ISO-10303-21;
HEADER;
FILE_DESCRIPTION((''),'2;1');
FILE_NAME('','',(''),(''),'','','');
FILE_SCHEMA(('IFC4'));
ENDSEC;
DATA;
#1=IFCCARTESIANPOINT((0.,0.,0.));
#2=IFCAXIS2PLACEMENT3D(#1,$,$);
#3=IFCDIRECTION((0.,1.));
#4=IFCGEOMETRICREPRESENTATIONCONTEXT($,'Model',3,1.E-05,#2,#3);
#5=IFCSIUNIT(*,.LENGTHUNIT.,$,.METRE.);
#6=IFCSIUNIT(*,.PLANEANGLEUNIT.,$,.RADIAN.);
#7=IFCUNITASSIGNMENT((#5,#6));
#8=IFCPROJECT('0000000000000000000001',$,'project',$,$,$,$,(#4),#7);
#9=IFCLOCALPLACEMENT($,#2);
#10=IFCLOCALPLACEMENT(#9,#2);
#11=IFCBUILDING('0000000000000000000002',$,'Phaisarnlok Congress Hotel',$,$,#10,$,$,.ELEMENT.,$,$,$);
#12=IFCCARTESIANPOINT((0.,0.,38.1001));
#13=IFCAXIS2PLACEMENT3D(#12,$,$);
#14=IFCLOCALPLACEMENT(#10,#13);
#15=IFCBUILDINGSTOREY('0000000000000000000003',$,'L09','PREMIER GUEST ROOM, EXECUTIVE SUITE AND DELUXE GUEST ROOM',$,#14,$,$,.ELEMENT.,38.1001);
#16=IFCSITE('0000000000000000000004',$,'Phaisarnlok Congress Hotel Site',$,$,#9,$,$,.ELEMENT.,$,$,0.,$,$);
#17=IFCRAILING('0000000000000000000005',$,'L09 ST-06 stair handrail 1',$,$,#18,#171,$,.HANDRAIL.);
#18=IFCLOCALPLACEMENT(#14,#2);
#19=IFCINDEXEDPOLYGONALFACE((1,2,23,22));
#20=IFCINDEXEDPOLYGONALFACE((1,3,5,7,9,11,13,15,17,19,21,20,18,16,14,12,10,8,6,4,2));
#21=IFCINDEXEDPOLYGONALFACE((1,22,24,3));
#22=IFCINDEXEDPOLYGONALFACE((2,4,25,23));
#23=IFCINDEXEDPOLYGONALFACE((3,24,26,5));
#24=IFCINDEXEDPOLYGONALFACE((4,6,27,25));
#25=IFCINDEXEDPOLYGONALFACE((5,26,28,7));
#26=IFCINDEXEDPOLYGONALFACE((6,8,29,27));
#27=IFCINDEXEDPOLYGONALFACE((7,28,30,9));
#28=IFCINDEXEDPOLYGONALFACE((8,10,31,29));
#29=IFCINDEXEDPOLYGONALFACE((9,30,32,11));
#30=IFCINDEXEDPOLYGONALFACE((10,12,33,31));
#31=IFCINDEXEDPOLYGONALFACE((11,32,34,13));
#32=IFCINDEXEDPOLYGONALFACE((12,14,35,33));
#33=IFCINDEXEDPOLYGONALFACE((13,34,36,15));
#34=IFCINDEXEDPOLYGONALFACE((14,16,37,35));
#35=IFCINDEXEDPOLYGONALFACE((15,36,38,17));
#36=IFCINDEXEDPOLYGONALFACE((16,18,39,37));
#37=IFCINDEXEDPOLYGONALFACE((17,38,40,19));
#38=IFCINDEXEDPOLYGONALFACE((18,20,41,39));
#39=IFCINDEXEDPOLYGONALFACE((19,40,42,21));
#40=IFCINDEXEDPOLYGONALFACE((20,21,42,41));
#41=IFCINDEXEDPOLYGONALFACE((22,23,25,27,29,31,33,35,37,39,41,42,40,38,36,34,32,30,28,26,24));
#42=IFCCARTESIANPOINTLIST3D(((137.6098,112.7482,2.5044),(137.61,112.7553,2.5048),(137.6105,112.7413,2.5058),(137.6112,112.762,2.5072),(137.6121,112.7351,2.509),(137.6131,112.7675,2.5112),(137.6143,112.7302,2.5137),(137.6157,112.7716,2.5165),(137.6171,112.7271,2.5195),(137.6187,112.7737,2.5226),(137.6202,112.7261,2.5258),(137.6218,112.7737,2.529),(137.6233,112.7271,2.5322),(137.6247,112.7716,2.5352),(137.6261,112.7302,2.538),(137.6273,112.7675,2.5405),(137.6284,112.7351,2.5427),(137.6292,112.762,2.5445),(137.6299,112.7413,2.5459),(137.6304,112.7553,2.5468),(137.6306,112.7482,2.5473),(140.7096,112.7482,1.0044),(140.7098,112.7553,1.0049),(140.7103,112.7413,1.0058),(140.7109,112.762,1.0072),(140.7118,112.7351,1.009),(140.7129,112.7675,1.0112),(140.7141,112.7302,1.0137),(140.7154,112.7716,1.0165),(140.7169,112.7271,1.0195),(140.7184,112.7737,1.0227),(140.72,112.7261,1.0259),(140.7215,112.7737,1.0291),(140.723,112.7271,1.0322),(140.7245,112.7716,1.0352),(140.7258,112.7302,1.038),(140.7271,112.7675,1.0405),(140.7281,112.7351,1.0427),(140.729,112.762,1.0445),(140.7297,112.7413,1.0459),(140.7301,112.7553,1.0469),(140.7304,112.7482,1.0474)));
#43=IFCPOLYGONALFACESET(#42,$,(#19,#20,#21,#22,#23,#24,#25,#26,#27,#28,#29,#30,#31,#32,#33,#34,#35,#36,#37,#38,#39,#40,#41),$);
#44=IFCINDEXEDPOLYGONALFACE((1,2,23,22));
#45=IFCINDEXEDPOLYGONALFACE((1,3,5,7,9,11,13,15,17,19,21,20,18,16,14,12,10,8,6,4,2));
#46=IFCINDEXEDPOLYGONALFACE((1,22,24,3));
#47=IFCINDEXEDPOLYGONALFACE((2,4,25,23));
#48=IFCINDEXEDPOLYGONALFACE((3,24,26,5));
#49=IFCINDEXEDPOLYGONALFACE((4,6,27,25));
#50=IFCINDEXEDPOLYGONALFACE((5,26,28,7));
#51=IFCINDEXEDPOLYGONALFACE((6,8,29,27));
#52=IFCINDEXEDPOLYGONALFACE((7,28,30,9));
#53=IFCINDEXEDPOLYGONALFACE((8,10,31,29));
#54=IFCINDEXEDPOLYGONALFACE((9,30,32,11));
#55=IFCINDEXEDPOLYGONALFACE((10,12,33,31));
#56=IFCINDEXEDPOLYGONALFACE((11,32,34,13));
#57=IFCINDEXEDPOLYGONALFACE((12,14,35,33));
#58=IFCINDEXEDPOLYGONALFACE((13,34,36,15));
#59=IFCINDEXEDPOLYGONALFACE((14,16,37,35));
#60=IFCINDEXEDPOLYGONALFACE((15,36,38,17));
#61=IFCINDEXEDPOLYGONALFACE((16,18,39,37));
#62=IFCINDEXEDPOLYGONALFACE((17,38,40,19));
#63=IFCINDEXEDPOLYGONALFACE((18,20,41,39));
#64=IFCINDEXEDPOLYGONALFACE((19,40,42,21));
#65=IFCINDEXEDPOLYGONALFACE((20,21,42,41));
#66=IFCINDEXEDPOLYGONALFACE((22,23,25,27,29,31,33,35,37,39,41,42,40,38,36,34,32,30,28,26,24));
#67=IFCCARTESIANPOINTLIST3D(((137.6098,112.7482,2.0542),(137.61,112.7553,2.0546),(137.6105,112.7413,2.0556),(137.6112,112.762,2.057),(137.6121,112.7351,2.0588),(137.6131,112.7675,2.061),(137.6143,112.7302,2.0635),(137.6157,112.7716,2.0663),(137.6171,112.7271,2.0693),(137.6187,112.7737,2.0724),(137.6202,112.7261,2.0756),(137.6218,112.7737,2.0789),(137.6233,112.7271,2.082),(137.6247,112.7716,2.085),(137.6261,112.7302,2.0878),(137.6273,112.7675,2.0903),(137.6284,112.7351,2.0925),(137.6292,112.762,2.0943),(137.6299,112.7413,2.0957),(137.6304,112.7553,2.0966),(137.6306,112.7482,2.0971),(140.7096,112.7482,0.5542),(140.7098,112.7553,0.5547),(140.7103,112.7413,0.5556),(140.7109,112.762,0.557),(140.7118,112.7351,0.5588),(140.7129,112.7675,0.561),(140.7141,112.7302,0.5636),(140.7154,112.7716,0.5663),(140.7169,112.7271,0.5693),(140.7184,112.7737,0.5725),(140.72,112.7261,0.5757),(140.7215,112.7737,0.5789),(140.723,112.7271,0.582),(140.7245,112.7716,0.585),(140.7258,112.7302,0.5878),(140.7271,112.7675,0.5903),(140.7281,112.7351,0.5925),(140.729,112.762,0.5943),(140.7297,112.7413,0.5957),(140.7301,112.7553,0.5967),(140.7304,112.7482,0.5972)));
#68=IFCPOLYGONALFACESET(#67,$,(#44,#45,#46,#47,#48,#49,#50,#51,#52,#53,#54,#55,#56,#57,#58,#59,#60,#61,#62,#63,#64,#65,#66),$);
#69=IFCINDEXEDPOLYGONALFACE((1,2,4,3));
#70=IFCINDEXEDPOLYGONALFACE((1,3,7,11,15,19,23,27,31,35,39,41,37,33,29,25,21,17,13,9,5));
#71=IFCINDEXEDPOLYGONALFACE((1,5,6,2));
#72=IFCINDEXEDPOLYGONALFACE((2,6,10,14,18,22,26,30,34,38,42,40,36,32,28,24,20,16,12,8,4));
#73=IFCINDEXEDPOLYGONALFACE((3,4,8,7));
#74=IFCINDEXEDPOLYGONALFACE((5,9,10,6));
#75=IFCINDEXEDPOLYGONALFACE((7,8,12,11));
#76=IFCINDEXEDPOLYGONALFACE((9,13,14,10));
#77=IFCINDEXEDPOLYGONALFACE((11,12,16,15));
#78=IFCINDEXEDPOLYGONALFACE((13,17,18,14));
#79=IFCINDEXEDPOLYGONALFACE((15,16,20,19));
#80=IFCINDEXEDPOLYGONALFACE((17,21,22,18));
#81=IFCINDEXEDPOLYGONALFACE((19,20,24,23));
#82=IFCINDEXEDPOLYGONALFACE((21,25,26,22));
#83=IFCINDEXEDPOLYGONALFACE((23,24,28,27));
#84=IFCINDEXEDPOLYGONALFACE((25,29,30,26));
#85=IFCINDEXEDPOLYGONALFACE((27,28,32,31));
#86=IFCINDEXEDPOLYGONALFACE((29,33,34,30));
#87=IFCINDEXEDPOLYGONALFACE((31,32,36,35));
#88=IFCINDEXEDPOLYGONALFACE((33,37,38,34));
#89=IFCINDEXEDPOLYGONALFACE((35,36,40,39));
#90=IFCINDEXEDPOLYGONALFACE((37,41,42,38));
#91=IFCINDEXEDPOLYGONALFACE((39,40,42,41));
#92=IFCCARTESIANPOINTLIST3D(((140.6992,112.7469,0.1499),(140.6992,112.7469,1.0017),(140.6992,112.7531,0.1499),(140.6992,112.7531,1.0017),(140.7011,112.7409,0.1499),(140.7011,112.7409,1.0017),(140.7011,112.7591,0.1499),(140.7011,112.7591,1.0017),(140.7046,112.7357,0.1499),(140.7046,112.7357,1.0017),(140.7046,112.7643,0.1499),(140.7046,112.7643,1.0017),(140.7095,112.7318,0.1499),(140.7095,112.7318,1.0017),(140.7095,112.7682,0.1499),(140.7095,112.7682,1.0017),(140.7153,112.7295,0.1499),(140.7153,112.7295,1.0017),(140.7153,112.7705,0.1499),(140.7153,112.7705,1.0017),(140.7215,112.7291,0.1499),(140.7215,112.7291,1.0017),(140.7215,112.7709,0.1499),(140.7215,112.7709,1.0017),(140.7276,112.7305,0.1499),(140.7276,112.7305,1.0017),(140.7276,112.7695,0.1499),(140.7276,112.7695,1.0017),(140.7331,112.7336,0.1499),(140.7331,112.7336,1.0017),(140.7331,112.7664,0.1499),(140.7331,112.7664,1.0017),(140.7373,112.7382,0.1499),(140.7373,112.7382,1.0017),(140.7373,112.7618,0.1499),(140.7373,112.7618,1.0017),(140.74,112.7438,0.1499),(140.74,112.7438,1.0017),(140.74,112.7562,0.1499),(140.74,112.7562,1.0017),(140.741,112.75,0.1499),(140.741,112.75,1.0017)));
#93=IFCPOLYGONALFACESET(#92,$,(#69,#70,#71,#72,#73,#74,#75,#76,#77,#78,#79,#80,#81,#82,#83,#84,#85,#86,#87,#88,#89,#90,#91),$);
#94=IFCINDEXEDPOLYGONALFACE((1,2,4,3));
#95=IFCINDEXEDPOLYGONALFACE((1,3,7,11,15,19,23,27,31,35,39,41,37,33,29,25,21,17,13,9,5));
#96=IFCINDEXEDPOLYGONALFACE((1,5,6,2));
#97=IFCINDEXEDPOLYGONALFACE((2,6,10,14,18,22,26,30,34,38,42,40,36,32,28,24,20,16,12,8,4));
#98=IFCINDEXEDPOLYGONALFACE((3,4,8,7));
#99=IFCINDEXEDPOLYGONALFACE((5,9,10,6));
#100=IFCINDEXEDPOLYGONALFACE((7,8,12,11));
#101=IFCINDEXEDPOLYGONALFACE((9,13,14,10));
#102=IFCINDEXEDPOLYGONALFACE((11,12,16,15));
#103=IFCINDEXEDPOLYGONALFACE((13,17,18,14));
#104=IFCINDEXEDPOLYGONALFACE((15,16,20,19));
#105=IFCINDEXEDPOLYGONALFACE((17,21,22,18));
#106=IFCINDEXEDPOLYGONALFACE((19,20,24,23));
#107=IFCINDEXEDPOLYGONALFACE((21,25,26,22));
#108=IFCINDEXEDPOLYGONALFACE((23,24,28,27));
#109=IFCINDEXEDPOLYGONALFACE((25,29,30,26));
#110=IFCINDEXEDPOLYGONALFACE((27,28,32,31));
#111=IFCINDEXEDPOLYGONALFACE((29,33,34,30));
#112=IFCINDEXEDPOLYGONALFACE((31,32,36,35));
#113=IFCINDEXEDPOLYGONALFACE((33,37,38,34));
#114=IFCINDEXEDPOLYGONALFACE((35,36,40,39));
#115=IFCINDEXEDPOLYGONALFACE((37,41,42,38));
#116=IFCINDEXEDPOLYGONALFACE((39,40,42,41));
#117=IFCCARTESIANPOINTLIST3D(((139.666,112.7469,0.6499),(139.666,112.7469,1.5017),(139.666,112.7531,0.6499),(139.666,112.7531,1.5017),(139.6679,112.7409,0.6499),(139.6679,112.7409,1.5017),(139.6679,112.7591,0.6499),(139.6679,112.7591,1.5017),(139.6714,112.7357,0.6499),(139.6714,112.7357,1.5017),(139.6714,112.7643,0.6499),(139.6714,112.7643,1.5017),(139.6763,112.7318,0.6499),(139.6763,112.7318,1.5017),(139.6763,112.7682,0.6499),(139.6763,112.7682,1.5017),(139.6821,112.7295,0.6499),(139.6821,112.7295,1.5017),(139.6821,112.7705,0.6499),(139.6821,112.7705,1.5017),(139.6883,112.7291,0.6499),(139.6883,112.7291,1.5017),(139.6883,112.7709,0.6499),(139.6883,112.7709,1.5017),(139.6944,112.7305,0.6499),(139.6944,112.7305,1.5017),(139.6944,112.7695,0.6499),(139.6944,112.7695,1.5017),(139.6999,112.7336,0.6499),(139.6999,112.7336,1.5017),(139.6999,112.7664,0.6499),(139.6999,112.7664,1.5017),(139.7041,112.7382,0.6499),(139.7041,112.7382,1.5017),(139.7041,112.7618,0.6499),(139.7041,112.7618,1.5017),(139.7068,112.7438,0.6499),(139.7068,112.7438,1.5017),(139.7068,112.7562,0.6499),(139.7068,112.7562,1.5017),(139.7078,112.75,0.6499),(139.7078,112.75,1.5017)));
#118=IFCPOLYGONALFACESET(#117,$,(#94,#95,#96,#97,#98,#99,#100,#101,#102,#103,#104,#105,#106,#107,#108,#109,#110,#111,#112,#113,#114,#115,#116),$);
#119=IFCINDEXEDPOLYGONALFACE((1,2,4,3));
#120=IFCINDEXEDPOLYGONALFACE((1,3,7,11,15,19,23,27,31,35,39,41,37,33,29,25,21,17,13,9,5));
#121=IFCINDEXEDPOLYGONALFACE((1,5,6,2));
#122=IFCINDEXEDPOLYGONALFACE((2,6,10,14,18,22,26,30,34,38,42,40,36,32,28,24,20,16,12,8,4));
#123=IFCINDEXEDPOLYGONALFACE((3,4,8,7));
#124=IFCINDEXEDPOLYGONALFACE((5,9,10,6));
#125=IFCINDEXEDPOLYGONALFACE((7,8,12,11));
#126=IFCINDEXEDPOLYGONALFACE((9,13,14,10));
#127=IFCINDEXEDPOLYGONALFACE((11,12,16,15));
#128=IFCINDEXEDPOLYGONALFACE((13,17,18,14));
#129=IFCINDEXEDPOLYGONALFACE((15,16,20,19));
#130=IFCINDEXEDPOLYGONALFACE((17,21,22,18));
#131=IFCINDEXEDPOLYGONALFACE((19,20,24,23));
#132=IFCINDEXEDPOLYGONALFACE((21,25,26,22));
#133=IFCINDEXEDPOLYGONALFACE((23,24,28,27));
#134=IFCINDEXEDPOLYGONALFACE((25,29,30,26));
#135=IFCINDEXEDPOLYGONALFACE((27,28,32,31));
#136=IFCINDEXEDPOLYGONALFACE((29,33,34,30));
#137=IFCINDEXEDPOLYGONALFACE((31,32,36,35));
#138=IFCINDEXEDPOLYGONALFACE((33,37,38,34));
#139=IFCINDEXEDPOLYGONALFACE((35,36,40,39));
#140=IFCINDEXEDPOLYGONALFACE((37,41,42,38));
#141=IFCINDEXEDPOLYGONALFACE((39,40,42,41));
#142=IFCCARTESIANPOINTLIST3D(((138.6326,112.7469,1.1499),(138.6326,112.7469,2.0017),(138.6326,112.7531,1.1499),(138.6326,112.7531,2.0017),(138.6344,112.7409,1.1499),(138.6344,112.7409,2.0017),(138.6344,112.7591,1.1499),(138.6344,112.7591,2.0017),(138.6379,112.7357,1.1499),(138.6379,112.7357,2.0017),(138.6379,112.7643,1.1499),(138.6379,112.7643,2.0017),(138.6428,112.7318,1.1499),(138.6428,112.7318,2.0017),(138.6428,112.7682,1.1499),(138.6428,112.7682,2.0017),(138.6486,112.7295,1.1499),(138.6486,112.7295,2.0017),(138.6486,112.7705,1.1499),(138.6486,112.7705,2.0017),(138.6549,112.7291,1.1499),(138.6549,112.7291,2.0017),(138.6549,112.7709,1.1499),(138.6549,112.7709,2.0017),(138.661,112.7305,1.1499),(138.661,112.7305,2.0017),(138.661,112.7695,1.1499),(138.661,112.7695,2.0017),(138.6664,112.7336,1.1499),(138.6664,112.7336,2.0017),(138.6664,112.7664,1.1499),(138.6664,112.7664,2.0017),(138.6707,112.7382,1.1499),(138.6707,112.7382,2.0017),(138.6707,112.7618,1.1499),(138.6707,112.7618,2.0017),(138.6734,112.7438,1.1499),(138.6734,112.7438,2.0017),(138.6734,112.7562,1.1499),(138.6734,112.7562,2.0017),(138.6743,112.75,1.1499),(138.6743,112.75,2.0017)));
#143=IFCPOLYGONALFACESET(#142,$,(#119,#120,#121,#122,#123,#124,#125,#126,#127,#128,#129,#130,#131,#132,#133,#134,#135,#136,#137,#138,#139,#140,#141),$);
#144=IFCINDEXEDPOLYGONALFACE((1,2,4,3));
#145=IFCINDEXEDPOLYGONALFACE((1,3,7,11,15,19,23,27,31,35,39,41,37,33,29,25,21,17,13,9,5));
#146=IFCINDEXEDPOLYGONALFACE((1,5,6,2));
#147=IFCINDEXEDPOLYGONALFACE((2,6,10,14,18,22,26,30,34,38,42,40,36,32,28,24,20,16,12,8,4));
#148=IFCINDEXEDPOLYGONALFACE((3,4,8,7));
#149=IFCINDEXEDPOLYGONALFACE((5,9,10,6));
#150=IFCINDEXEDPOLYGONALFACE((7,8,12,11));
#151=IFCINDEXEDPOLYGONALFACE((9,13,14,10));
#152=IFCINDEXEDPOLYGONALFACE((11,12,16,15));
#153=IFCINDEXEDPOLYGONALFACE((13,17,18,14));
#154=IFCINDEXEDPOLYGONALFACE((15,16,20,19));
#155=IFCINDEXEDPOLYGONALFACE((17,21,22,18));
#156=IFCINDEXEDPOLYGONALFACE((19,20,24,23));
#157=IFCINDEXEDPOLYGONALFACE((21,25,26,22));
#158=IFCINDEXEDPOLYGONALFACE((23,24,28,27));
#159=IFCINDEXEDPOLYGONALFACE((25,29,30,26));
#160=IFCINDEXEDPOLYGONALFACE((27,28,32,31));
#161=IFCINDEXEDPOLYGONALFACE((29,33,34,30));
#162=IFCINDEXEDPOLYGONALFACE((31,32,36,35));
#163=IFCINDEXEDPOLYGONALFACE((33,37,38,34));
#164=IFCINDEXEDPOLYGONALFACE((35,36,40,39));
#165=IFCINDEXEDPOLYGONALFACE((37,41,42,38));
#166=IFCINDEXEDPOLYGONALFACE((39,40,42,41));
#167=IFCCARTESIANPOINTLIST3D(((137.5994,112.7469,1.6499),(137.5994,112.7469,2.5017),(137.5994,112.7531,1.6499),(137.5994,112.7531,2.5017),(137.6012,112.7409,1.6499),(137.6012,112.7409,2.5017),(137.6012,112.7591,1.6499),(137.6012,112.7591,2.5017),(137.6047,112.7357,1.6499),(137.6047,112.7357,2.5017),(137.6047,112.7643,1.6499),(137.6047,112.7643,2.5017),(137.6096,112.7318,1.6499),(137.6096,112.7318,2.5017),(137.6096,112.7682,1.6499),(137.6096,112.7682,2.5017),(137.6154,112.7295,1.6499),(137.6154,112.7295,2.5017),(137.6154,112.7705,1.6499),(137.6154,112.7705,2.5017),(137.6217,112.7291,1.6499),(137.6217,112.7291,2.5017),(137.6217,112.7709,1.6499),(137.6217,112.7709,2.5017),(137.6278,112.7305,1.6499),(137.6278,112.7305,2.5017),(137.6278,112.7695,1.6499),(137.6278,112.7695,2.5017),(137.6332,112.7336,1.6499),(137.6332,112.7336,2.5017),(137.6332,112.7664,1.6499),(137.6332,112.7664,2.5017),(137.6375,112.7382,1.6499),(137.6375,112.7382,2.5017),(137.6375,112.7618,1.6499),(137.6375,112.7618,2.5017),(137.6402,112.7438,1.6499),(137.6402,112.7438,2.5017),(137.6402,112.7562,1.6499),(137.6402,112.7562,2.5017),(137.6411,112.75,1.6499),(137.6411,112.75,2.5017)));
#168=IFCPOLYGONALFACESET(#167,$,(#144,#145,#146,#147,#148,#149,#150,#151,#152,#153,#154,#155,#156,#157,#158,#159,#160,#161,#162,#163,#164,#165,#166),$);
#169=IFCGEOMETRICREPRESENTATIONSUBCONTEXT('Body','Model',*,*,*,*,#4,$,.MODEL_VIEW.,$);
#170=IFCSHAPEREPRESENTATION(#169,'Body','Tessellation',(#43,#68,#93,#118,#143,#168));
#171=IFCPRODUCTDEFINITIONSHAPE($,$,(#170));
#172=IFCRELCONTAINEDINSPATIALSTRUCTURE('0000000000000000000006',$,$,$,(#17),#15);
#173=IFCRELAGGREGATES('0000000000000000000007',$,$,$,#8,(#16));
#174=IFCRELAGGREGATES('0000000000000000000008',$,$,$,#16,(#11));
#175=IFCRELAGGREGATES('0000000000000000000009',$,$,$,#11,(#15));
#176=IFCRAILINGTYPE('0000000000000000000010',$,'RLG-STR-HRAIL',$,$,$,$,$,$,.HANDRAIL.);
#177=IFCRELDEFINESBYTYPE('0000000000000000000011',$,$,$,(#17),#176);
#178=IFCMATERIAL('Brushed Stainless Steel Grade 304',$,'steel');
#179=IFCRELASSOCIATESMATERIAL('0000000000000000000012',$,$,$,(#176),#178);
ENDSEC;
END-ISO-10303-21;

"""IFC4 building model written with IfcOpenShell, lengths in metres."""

from ifc_helpers import new_model, si_unit, direction, frame, origin, origin_2d, place, context, subcontext, project, spatial, circle, extrude, material, type_object, element, save


model = new_model("IFC4")

# Units and contexts
model_context = context("Model", 3, precision=1e-05, world=origin(), true_north=direction((0.0, 1.0)))
body_context = subcontext(model_context, "Body", "Model", "MODEL_VIEW")
ifc_project = project(units=[si_unit("LENGTHUNIT", "METRE"), si_unit("PLANEANGLEUNIT", "RADIAN")], contexts=[model_context])

# Site, building, storey
site_placement = place(None, origin())
site = spatial("IfcSite", under=ifc_project, at=site_placement, Name="Phaisarnlok Congress Hotel Site", CompositionType="ELEMENT", RefElevation=0.0)
building_placement = place(site_placement, origin())
building = spatial("IfcBuilding", under=site, at=building_placement, Name="Phaisarnlok Congress Hotel", CompositionType="ELEMENT")
storey_placement = place(building_placement, frame((0.0, 0.0, 38.1001)))
storey = spatial("IfcBuildingStorey", under=building, at=storey_placement, Name="L09", Description="PREMIER GUEST ROOM, EXECUTIVE SUITE AND DELUXE GUEST ROOM", CompositionType="ELEMENT", Elevation=38.1001)

# Shared definitions
ifc_material_1 = material(Name="Brushed Stainless Steel Grade 304", Category="steel")

# Railing
railing_type = type_object("IfcRailingType", Name="RLG-STR-HRAIL", PredefinedType="HANDRAIL", material=ifc_material_1)
railing_placement = place(storey_placement, frame((140.72, 112.75, 0.1499)))
element("IfcRailing", 1, at=railing_placement, inside=storey, type_object=railing_type, Name="L09 ST-06 stair handrail 1", PredefinedType="HANDRAIL", context=body_context, shape_type="SweptSolid", body=[
    extrude(circle(Radius=0.0239, at=origin_2d()), frame((0.0, 0.0, 0.876), z_axis=(-0.900151, 0.0, 0.435578), x_axis=(0.0, -1.0, 0.0)), (0.0, 0.0, 1.0), 3.4436),
    extrude(circle(Radius=0.0239, at=origin_2d()), frame((0.0, 0.0, 0.4258), z_axis=(-0.900151, 0.0, 0.435578), x_axis=(0.0, -1.0, 0.0)), (0.0, 0.0, 1.0), 3.4436),
    extrude(circle(Radius=0.021, at=origin_2d()), origin(), (0.0, 0.0, 1.0), 0.8518),
    extrude(circle(Radius=0.021, at=origin_2d()), frame((-1.0332, 0.0, 0.5)), (0.0, 0.0, 1.0), 0.8518),
    extrude(circle(Radius=0.021, at=origin_2d()), frame((-2.0667, 0.0, 1.0)), (0.0, 0.0, 1.0), 0.8518),
    extrude(circle(Radius=0.021, at=origin_2d()), frame((-3.0999, 0.0, 1.5)), (0.0, 0.0, 1.0), 0.8518),
])

save(model, "model.ifc")
